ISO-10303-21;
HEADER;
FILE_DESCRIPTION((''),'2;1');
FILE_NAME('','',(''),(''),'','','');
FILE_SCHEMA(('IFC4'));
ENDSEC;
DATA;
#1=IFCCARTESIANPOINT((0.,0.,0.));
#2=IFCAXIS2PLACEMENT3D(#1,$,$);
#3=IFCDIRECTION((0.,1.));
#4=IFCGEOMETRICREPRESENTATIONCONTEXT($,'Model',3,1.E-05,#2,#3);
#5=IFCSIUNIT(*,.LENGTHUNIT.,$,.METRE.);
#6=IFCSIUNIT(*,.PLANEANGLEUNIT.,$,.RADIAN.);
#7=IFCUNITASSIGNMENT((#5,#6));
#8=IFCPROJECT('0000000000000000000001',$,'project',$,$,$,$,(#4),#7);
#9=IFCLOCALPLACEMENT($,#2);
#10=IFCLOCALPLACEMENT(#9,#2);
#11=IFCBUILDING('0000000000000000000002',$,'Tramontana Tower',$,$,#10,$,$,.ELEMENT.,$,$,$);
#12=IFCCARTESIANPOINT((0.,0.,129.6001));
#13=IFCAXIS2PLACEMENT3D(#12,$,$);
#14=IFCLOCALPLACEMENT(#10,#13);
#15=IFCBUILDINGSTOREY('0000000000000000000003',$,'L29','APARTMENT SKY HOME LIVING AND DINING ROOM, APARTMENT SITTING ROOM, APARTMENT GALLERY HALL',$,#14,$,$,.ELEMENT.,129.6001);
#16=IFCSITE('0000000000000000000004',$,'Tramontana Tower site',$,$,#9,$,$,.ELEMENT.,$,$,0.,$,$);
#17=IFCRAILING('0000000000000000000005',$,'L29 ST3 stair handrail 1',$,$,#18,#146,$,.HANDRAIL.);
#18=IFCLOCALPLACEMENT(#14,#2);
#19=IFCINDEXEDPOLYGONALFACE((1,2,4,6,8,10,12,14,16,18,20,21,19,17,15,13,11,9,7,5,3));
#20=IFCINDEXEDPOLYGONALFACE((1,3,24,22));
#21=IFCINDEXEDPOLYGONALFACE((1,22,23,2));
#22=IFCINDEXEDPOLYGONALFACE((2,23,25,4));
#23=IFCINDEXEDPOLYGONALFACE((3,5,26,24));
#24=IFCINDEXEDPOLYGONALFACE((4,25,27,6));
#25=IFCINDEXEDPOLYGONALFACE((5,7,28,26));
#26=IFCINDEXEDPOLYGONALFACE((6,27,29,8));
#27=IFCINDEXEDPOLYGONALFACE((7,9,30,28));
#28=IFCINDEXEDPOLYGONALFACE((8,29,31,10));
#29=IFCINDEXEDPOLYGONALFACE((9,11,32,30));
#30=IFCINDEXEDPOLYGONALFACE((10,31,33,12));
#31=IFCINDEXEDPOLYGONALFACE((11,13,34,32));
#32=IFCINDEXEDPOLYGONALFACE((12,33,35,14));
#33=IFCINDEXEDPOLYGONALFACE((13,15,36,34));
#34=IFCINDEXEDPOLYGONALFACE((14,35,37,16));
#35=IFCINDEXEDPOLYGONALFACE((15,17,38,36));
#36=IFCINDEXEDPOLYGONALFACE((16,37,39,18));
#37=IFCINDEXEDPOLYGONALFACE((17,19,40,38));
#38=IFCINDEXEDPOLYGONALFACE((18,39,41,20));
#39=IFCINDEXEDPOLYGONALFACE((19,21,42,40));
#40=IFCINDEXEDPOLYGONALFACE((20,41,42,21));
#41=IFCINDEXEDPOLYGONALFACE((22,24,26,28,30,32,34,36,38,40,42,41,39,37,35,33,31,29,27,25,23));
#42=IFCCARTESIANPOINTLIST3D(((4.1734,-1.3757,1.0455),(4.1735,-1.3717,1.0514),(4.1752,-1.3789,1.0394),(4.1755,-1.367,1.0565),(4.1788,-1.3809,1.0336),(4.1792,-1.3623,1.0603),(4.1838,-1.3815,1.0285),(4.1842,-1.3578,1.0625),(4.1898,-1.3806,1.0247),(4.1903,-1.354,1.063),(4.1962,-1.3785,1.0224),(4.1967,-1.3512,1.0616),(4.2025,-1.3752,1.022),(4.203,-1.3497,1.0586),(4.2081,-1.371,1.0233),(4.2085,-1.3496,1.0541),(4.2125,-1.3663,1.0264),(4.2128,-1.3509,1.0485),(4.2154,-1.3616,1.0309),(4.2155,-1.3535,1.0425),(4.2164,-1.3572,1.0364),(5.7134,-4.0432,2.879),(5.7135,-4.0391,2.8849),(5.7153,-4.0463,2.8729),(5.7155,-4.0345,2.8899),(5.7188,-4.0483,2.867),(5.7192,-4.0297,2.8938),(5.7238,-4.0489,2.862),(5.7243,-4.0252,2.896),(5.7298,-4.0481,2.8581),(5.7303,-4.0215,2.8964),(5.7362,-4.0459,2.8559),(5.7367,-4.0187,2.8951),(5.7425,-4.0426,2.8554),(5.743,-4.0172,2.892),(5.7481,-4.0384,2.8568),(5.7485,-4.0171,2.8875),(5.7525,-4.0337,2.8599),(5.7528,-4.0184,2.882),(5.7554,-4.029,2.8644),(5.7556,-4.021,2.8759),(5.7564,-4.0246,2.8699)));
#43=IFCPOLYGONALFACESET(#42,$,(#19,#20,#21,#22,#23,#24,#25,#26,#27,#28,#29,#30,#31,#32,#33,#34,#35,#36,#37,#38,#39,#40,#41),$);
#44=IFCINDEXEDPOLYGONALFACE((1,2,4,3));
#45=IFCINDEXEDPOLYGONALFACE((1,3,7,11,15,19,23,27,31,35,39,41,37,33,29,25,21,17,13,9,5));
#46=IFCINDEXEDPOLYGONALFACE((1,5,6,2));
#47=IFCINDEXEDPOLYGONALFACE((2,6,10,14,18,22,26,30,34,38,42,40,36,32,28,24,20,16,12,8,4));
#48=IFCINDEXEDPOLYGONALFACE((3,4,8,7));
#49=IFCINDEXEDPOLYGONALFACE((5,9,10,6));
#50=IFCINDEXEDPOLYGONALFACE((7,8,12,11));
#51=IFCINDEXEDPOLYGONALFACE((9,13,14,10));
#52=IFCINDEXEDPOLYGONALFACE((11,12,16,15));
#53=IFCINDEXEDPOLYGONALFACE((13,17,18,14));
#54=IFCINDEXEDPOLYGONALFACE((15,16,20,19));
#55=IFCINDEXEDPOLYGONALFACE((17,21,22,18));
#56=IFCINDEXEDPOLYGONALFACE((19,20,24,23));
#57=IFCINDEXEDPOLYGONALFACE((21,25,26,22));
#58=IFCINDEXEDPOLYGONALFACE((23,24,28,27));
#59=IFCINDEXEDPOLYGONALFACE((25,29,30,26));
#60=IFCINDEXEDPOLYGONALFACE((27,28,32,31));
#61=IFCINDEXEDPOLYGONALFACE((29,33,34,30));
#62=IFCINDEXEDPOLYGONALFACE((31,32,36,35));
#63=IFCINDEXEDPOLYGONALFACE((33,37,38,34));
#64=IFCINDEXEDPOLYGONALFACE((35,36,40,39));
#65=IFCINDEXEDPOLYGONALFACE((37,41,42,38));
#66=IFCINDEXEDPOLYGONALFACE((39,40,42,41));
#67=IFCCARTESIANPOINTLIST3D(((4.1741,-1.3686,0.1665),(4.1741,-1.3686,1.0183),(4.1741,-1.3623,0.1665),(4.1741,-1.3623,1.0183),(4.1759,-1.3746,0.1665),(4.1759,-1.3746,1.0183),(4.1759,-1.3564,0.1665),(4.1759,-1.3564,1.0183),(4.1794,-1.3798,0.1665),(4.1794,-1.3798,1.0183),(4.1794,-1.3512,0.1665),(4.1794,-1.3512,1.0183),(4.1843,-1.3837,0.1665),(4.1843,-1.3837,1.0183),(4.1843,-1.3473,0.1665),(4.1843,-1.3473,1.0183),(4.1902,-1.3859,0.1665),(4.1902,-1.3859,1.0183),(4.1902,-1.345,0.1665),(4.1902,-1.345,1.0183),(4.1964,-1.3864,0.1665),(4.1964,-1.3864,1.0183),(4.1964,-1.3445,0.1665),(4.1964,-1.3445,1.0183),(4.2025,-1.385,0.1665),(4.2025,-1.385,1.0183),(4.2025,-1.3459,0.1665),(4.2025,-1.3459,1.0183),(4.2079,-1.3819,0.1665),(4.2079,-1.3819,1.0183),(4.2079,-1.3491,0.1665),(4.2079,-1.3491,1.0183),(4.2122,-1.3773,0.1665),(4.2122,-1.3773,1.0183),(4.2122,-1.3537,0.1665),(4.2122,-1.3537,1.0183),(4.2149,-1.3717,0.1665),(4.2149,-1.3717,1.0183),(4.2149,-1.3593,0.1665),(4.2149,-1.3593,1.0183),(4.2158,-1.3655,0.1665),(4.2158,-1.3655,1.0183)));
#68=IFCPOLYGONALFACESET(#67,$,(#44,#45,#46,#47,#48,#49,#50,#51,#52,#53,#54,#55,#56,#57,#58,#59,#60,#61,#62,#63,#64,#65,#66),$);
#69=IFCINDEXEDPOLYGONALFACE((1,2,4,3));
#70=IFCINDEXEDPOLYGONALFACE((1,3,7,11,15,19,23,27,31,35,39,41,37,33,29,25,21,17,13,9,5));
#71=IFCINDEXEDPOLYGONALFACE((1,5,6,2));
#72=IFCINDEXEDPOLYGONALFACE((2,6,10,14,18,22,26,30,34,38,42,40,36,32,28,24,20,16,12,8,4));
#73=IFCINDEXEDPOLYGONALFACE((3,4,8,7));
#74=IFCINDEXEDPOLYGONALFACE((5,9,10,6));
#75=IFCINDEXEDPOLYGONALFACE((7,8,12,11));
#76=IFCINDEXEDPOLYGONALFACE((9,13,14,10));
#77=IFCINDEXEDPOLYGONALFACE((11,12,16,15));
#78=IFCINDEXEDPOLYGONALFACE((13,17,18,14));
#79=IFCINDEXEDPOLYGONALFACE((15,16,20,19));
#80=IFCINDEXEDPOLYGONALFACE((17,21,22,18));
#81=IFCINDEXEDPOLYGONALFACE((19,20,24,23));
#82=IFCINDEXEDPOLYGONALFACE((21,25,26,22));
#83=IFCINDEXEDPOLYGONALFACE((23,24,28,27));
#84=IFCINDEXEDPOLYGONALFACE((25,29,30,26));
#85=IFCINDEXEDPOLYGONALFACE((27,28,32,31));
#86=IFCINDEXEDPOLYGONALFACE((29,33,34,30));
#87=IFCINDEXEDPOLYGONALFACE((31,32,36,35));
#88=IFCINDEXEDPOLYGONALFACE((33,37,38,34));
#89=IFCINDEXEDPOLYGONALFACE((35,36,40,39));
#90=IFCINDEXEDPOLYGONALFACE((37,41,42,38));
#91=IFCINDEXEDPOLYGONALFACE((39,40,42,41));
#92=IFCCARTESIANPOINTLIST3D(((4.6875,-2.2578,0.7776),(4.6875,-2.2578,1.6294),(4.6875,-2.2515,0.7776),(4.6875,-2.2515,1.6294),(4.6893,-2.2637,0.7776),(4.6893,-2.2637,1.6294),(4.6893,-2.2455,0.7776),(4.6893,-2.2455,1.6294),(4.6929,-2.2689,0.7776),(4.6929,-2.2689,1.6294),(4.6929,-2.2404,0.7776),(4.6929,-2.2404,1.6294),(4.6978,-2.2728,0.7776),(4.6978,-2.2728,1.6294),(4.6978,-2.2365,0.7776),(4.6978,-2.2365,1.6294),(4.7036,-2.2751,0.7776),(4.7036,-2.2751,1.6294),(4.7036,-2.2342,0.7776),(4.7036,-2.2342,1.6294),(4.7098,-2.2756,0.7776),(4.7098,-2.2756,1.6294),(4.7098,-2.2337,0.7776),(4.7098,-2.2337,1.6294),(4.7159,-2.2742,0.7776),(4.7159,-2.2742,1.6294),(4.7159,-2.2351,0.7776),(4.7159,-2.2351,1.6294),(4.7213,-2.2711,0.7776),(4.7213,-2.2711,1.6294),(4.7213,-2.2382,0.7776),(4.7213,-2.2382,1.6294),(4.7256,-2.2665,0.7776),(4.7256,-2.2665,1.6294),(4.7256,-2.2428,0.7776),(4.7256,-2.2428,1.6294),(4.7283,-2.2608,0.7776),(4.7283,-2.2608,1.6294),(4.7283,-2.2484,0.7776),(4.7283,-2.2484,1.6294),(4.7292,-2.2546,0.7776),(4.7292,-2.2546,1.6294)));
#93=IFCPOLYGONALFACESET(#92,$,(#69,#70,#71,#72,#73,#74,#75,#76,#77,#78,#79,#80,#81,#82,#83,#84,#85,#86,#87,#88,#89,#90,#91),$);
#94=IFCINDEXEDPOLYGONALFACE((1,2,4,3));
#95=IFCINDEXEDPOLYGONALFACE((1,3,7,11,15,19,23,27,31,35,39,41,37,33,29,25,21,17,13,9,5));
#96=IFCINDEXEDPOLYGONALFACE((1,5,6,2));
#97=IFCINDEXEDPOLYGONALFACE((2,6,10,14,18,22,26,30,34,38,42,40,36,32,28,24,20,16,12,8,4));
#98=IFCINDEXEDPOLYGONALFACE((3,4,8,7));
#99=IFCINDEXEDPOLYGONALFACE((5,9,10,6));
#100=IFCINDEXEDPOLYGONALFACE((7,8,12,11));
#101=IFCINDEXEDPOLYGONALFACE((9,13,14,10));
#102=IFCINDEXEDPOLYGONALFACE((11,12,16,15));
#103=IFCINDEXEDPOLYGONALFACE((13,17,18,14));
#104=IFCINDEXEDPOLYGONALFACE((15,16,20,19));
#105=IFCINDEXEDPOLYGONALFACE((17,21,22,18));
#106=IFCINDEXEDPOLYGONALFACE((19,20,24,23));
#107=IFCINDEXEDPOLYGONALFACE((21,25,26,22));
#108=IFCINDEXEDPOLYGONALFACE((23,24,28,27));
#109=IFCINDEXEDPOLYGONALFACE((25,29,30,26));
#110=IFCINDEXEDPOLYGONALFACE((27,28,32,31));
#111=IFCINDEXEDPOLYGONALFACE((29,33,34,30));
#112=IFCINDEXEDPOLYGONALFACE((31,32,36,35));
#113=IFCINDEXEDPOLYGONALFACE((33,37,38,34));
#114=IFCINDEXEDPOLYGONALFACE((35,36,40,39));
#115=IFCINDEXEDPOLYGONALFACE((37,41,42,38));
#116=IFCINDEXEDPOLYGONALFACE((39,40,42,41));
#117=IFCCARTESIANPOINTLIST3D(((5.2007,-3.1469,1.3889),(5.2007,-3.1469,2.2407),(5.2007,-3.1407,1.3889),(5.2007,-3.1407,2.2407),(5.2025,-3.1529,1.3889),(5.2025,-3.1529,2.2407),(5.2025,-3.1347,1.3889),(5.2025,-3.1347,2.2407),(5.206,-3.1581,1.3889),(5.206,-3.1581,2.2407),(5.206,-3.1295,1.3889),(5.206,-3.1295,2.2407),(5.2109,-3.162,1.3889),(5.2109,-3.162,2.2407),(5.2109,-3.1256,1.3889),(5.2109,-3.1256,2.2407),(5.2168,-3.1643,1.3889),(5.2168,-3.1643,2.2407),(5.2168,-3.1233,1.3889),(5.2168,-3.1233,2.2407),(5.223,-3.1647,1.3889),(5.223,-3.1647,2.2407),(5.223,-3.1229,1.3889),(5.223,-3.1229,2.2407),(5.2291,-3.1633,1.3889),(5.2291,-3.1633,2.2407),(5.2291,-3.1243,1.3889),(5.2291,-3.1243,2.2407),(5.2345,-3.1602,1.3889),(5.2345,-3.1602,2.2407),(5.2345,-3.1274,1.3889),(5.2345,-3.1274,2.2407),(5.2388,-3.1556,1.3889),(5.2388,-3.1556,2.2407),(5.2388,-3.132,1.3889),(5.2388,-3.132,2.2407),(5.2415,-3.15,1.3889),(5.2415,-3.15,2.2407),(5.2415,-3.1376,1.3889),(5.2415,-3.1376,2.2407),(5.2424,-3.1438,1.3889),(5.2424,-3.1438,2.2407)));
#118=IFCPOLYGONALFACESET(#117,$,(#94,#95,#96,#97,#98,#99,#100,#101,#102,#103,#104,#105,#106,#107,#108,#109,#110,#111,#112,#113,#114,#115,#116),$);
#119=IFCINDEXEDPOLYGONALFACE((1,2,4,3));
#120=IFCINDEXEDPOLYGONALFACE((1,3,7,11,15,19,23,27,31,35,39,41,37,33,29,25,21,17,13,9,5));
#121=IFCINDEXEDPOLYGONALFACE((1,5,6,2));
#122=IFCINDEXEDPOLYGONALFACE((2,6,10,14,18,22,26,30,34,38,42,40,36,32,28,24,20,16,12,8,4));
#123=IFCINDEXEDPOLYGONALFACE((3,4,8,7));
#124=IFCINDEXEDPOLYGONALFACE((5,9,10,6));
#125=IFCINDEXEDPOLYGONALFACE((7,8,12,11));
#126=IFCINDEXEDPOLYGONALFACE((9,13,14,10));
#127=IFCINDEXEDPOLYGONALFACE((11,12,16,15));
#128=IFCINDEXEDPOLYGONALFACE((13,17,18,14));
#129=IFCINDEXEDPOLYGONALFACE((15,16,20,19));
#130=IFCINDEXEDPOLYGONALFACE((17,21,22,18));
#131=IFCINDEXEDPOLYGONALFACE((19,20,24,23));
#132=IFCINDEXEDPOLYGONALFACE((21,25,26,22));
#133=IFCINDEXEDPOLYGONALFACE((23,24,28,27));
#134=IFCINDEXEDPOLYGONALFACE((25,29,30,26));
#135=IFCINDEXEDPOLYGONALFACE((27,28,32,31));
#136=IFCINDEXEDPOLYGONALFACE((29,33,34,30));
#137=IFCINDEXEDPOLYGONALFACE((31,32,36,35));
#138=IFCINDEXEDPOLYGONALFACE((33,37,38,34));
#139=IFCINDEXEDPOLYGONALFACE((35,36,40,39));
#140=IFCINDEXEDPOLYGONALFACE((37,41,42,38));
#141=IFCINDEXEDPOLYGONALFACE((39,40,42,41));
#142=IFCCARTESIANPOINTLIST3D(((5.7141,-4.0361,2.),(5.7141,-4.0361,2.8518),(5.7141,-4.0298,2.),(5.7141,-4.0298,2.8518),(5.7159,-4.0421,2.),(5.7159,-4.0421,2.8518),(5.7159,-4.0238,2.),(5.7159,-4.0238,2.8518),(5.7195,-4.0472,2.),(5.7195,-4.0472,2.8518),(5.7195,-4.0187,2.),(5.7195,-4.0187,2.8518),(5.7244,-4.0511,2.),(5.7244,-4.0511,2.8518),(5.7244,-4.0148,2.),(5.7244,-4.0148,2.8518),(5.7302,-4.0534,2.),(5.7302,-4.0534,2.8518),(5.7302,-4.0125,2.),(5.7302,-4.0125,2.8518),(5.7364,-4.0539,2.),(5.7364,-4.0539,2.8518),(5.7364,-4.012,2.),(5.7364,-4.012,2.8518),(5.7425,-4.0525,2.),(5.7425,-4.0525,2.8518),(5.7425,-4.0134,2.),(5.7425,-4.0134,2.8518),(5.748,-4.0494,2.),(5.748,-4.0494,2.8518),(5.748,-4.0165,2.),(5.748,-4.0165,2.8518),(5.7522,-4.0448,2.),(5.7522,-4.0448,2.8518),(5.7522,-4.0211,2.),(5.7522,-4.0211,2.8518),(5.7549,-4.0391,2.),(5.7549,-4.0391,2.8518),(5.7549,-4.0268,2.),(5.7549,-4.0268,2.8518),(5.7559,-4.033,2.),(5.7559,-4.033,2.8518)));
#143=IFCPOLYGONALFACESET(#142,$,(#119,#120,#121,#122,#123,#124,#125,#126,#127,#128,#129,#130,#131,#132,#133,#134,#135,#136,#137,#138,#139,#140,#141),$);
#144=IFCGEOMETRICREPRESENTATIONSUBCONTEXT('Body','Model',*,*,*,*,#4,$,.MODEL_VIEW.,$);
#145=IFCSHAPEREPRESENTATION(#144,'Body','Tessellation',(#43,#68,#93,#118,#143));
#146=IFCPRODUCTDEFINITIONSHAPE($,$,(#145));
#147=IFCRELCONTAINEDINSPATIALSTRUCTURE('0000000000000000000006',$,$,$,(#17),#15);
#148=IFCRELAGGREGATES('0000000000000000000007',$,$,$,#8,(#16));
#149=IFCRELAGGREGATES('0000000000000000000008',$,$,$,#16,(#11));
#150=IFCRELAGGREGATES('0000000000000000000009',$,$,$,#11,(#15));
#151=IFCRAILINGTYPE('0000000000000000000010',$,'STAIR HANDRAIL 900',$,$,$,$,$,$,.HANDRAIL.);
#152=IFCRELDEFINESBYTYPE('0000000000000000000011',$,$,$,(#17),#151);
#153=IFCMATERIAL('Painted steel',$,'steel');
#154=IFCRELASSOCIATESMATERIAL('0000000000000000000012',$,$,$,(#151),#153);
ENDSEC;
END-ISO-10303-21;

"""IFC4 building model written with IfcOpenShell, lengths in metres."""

from ifc_helpers import new_model, si_unit, direction, frame, origin, origin_2d, place, context, subcontext, project, spatial, circle, extrude, material, type_object, element, save


model = new_model("IFC4")

# Units and contexts
model_context = context("Model", 3, precision=1e-05, world=origin(), true_north=direction((0.0, 1.0)))
body_context = subcontext(model_context, "Body", "Model", "MODEL_VIEW")
ifc_project = project(units=[si_unit("LENGTHUNIT", "METRE"), si_unit("PLANEANGLEUNIT", "RADIAN")], contexts=[model_context])

# Site, building, storey
site_placement = place(None, origin())
site = spatial("IfcSite", under=ifc_project, at=site_placement, Name="Tramontana Tower site", CompositionType="ELEMENT", RefElevation=0.0)
building_placement = place(site_placement, origin())
building = spatial("IfcBuilding", under=site, at=building_placement, Name="Tramontana Tower", CompositionType="ELEMENT")
storey_placement = place(building_placement, frame((0.0, 0.0, 129.6001)))
storey = spatial("IfcBuildingStorey", under=building, at=storey_placement, Name="L29", Description="APARTMENT SKY HOME LIVING AND DINING ROOM, APARTMENT SITTING ROOM, APARTMENT GALLERY HALL", CompositionType="ELEMENT", Elevation=129.6001)

# Railing
ifc_material_1 = material(Name="Painted steel", Category="steel")
railing_type_1 = type_object("IfcRailingType", Name="STAIR HANDRAIL 900", PredefinedType="HANDRAIL", material=ifc_material_1)
railing_1_placement = place(storey_placement, frame((4.1948, -1.3655, 0.1665)))
element("IfcRailing", 1, at=railing_1_placement, inside=storey, type_object=railing_type_1, Name="L29 ST3 stair handrail 1", PredefinedType="HANDRAIL", context=body_context, shape_type="SweptSolid", body=[
    extrude(circle(Radius=0.0239, at=origin_2d()), frame((0.0, 0.0, 0.876), z_axis=(0.429634, -0.744164, 0.511502), x_axis=(0.86603, 0.499992, 0.0)), (0.0, 0.0, 1.0), 3.5845),
    extrude(circle(Radius=0.021, at=origin_2d()), origin(), (0.0, 0.0, 1.0), 0.8518),
    extrude(circle(Radius=0.021, at=origin_2d()), frame((0.5134, -0.8892, 0.6111)), (0.0, 0.0, 1.0), 0.8518),
    extrude(circle(Radius=0.021, at=origin_2d()), frame((1.0266, -1.7783, 1.2224)), (0.0, 0.0, 1.0), 0.8518),
    extrude(circle(Radius=0.021, at=origin_2d()), frame((1.54, -2.6675, 1.8335)), (0.0, 0.0, 1.0), 0.8518),
])

save(model, "model.ifc")
